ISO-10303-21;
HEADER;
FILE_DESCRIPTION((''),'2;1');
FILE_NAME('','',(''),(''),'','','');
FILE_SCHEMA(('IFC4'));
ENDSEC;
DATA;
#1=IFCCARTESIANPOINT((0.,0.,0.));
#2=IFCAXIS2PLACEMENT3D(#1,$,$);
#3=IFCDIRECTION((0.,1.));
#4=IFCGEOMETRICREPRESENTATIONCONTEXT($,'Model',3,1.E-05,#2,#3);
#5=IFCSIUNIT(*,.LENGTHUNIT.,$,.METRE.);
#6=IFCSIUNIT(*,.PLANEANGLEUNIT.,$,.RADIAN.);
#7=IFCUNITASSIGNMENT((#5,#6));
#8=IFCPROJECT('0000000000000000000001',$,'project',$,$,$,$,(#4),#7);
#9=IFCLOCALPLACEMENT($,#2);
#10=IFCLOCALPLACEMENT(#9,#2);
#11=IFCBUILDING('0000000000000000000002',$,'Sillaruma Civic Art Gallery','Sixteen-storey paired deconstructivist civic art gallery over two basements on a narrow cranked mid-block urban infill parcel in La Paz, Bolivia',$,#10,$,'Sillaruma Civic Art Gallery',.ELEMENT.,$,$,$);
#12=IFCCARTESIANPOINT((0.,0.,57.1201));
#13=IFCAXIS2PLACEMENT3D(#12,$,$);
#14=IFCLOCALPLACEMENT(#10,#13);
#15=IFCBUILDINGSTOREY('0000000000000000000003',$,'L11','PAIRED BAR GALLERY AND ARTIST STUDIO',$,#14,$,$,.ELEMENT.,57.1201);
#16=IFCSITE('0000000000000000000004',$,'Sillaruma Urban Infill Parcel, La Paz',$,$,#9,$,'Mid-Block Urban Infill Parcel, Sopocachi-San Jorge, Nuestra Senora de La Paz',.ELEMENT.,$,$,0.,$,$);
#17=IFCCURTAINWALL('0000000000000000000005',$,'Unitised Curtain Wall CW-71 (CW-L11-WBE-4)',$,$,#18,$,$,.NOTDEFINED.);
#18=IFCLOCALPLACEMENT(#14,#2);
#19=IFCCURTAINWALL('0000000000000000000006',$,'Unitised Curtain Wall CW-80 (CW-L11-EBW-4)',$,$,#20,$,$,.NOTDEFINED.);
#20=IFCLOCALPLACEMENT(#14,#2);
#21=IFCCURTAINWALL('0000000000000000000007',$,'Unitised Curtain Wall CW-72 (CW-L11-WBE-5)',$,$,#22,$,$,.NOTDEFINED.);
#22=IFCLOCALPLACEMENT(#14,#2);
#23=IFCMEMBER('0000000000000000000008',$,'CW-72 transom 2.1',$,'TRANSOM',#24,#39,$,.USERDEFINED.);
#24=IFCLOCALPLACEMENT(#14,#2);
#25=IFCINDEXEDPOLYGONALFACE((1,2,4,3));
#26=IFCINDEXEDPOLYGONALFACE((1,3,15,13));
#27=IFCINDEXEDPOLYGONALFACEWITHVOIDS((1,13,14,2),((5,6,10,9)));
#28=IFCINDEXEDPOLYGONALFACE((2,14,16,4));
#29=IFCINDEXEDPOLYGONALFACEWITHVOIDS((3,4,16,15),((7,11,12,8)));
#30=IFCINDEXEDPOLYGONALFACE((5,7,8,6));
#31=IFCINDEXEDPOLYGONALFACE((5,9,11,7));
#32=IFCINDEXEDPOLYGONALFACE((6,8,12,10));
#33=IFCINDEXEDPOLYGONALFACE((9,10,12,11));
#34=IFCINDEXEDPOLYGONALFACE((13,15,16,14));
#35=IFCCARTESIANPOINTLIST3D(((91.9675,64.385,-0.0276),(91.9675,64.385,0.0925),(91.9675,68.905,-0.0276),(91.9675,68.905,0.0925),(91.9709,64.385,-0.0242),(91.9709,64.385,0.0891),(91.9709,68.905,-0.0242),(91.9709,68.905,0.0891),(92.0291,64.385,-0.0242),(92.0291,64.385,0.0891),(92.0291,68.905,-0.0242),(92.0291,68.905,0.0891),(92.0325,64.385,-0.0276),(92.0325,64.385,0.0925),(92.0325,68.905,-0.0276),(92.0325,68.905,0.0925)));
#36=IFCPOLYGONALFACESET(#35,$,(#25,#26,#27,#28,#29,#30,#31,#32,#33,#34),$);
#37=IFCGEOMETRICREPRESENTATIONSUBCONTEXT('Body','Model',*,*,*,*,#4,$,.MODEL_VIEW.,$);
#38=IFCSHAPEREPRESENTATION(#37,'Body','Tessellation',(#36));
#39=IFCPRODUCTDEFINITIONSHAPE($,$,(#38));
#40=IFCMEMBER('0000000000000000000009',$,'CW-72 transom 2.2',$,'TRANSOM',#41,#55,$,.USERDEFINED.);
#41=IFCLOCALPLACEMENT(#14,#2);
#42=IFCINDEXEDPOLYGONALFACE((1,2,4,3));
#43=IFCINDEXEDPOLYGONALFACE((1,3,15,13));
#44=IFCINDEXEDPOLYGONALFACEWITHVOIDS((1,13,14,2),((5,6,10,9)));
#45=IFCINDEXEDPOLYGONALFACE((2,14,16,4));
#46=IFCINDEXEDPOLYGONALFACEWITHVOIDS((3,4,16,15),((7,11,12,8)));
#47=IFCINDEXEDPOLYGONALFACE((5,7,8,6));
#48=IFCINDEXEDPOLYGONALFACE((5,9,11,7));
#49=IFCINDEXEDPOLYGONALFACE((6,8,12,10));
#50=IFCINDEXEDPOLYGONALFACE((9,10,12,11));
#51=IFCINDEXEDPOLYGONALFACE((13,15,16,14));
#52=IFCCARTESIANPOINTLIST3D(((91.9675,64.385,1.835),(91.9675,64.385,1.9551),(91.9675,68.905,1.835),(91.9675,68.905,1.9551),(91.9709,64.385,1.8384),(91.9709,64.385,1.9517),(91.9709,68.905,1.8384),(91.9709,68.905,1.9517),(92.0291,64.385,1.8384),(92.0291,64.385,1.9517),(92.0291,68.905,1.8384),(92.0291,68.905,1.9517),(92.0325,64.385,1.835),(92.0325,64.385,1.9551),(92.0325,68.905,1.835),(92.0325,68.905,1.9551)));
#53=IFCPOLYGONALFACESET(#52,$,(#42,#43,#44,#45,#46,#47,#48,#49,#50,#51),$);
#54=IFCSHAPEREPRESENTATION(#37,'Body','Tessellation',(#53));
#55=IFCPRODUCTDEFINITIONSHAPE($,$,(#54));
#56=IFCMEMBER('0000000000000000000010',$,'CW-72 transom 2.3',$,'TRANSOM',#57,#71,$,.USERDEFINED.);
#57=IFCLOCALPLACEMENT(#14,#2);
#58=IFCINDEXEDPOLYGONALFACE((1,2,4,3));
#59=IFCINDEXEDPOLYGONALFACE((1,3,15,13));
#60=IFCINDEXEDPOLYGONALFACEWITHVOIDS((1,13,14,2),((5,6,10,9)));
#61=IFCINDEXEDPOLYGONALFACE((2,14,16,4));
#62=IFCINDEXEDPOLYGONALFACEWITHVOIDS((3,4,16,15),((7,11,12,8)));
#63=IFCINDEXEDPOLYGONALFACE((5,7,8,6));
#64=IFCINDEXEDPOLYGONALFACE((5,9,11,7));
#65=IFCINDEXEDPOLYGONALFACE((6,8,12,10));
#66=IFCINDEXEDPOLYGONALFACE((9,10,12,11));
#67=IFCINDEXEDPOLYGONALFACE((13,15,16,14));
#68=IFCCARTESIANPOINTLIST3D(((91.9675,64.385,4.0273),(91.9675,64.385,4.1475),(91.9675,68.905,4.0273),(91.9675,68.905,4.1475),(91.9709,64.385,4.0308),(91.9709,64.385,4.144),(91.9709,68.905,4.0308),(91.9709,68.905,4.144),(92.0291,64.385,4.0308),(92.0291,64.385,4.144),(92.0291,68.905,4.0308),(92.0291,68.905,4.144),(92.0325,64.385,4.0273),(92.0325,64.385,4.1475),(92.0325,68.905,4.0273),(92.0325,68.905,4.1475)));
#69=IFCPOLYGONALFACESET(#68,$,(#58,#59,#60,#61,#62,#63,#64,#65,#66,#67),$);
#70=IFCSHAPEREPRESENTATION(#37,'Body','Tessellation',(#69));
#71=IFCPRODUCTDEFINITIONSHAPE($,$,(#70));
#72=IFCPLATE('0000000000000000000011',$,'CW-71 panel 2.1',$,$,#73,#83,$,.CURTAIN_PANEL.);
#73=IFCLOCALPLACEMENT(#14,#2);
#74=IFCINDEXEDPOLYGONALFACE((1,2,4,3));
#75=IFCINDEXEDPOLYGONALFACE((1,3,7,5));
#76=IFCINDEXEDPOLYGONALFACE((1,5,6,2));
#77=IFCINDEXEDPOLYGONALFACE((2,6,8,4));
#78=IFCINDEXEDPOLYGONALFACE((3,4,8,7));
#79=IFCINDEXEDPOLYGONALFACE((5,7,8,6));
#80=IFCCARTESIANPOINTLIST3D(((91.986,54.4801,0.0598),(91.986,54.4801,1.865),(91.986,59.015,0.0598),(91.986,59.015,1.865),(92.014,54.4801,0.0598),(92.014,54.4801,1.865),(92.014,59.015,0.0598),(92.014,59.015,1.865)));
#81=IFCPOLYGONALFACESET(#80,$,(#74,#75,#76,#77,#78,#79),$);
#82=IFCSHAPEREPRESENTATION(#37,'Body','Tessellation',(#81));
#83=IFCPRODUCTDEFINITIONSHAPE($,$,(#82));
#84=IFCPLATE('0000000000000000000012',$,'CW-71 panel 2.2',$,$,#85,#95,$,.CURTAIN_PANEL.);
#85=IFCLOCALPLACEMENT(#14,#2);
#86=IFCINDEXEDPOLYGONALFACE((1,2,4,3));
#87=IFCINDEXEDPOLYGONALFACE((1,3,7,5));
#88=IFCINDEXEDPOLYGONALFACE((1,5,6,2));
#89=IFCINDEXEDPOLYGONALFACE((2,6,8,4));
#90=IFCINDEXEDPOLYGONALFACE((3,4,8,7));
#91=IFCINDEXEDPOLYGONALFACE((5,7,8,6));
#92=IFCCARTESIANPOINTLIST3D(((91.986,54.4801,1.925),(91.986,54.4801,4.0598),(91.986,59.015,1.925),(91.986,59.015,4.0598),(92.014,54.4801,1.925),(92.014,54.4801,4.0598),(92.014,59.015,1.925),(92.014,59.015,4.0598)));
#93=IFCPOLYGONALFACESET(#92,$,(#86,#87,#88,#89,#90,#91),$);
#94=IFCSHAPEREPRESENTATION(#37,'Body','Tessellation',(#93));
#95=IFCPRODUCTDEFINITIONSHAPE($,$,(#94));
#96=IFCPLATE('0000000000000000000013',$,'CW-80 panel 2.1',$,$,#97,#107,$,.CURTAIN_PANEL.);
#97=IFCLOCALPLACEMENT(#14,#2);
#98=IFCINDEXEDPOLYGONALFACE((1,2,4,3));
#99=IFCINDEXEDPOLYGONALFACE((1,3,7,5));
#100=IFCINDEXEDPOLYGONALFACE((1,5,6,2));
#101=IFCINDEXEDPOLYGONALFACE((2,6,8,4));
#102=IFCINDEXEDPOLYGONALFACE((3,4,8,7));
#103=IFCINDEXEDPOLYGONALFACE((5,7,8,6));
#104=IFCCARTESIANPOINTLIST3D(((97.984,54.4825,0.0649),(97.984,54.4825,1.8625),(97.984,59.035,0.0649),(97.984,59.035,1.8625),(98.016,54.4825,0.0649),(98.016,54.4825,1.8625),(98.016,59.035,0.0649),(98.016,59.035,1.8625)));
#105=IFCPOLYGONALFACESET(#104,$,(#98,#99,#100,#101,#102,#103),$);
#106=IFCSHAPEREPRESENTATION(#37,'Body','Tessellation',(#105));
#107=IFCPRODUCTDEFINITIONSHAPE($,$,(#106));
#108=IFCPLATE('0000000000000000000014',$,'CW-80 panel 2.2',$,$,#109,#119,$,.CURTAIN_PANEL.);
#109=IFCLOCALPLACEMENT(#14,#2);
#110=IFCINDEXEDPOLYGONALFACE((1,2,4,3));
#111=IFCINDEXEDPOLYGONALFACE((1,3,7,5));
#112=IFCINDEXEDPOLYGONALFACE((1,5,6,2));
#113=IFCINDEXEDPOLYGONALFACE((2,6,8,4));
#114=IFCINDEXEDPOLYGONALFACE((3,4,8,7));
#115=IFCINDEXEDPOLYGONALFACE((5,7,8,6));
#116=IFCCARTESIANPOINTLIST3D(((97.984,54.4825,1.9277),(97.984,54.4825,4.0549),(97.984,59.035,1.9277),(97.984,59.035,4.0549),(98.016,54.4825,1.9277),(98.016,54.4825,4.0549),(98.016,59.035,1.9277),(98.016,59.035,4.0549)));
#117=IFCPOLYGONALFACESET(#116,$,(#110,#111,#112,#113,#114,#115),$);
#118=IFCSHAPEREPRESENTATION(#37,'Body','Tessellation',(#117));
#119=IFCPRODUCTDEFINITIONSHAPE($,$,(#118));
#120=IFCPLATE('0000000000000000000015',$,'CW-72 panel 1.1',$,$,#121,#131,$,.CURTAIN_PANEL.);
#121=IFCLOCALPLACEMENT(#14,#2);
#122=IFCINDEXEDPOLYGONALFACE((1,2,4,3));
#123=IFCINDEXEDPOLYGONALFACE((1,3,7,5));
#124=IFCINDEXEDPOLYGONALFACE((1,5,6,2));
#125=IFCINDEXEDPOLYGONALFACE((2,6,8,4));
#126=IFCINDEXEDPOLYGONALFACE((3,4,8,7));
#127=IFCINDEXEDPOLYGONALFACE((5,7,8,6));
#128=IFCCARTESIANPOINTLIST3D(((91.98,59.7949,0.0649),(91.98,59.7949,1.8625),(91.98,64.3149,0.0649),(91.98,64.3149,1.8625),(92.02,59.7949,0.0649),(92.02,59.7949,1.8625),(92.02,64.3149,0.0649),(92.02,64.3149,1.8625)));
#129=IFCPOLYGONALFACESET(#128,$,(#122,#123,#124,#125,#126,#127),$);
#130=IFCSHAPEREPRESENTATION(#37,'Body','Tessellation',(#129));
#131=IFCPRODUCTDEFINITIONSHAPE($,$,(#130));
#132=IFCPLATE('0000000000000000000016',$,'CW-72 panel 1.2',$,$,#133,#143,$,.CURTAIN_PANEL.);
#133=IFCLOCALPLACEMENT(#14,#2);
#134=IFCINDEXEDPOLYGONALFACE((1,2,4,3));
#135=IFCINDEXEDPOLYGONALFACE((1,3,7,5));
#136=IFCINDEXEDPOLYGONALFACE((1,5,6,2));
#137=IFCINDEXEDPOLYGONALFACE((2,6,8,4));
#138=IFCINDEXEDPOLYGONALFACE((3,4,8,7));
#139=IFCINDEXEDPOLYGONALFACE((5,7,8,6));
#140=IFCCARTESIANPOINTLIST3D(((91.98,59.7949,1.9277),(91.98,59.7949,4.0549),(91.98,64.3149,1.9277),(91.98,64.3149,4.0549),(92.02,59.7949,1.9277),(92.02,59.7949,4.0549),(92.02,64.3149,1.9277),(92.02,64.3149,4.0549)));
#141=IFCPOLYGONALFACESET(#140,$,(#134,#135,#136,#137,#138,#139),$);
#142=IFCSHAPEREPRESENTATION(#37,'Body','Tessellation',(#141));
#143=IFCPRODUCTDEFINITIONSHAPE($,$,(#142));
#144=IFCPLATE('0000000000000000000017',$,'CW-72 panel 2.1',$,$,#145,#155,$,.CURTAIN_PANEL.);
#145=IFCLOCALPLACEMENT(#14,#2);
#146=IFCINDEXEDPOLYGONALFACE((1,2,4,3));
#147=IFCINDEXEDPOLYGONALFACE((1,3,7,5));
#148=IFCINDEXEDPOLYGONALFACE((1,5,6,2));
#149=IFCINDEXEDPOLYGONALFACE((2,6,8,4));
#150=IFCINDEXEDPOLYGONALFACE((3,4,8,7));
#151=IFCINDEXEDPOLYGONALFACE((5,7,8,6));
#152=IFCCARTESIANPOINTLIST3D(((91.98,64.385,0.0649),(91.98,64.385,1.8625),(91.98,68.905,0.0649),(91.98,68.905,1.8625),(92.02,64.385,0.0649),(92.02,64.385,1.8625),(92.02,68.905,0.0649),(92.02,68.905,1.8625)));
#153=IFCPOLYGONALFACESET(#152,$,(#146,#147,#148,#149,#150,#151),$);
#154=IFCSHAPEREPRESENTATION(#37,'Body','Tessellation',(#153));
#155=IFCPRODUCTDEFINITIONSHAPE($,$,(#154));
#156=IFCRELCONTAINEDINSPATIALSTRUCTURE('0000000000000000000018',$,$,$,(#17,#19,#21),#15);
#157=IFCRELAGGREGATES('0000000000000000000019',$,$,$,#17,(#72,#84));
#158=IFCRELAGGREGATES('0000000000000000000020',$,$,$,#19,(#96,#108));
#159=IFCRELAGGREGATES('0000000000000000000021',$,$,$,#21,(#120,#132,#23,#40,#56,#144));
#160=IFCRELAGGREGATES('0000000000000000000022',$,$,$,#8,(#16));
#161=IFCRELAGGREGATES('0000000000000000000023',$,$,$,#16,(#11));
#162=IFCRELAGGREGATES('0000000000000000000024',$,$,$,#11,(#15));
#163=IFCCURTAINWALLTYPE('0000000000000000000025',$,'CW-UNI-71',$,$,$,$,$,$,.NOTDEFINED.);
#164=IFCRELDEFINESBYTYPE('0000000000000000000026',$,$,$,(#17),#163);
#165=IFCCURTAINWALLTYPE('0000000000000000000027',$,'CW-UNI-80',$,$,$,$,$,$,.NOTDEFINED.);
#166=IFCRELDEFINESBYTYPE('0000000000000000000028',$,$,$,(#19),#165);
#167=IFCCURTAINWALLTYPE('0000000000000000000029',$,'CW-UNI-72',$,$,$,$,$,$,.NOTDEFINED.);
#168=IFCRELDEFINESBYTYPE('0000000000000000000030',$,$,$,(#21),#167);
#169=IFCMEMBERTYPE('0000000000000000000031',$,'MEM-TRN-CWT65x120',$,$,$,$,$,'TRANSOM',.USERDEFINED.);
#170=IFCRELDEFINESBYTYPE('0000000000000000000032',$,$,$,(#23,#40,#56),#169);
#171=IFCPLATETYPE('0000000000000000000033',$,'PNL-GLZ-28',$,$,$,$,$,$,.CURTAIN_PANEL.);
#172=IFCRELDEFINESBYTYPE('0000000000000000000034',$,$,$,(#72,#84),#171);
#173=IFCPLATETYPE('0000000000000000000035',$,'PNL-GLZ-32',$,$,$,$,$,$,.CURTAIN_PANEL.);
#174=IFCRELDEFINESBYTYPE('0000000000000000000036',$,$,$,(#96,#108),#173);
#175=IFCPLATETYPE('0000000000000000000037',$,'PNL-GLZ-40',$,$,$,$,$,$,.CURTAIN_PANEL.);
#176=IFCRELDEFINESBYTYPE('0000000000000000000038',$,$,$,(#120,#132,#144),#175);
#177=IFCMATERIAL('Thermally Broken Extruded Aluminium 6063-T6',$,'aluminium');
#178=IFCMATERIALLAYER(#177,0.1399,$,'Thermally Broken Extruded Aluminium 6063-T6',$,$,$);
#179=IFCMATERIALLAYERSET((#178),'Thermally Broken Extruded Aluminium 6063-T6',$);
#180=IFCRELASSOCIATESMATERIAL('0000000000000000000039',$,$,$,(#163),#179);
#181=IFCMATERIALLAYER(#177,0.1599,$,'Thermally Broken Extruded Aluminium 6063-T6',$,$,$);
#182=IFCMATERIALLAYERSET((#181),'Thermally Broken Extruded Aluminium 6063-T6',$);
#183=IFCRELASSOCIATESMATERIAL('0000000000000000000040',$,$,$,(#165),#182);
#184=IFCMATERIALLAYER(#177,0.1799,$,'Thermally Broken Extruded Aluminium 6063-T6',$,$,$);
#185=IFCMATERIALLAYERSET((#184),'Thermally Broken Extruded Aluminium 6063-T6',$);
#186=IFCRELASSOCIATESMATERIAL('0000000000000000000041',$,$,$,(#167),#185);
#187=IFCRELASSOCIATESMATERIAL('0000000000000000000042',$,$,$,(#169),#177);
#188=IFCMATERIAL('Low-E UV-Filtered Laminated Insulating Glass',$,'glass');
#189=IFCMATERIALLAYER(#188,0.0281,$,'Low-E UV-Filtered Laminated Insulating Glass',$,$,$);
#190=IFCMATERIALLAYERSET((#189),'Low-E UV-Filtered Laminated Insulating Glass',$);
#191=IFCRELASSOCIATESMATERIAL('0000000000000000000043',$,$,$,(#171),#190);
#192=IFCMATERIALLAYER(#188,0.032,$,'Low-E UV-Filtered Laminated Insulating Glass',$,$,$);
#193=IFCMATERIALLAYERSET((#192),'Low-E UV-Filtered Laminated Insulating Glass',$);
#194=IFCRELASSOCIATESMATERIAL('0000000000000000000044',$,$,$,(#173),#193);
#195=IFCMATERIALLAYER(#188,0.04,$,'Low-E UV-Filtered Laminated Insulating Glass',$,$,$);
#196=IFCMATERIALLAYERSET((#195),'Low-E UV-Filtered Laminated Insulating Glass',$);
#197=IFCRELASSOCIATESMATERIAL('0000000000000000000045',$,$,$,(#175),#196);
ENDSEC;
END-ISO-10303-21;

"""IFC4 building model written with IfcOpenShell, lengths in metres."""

from ifc_helpers import new_model, si_unit, direction, frame, origin, origin_2d, place, context, subcontext, project, spatial, rectangle, hollow_rectangle, extrude, material, layer, layer_set, material_profile, profile_set, type_object, element, aggregate, save


model = new_model("IFC4")

# Units and contexts
model_context = context("Model", 3, precision=1e-05, world=origin(), true_north=direction((0.0, 1.0)))
body_context = subcontext(model_context, "Body", "Model", "MODEL_VIEW")
ifc_project = project(units=[si_unit("LENGTHUNIT", "METRE"), si_unit("PLANEANGLEUNIT", "RADIAN")], contexts=[model_context])

# Site, building, storey
site_placement = place(None, origin())
site = spatial("IfcSite", under=ifc_project, at=site_placement, Name="Sillaruma Urban Infill Parcel, La Paz", LongName="Mid-Block Urban Infill Parcel, Sopocachi-San Jorge, Nuestra Senora de La Paz", CompositionType="ELEMENT", RefElevation=0.0)
building_placement = place(site_placement, origin())
building = spatial("IfcBuilding", under=site, at=building_placement, Name="Sillaruma Civic Art Gallery", Description="Sixteen-storey paired deconstructivist civic art gallery over two basements on a narrow cranked mid-block urban infill parcel in La Paz, Bolivia", LongName="Sillaruma Civic Art Gallery", CompositionType="ELEMENT")
storey_placement = place(building_placement, frame((0.0, 0.0, 57.1201)))
storey = spatial("IfcBuildingStorey", under=building, at=storey_placement, Name="L11", Description="PAIRED BAR GALLERY AND ARTIST STUDIO", CompositionType="ELEMENT", Elevation=57.1201)

# Curtain walls
ifc_material_1 = material(Name="Thermally Broken Extruded Aluminium 6063-T6", Category="aluminium")
ifc_layer_1 = layer(ifc_material_1, 0.1399, Name="Thermally Broken Extruded Aluminium 6063-T6")
ifc_layer_set_1 = layer_set([ifc_layer_1], Name="Thermally Broken Extruded Aluminium 6063-T6")
curtain_wall_type_1 = type_object("IfcCurtainWallType", Name="CW-UNI-71", PredefinedType="NOTDEFINED", material=ifc_layer_set_1)
curtain_wall_1_placement = place(storey_placement, origin())
curtain_wall_1 = element("IfcCurtainWall", 1, at=curtain_wall_1_placement, inside=storey, type_object=curtain_wall_type_1, Name="Unitised Curtain Wall CW-71 (CW-L11-WBE-4)", PredefinedType="NOTDEFINED")
ifc_layer_2 = layer(ifc_material_1, 0.1599, Name="Thermally Broken Extruded Aluminium 6063-T6")
ifc_layer_set_2 = layer_set([ifc_layer_2], Name="Thermally Broken Extruded Aluminium 6063-T6")
curtain_wall_type_2 = type_object("IfcCurtainWallType", Name="CW-UNI-80", PredefinedType="NOTDEFINED", material=ifc_layer_set_2)
curtain_wall_2_placement = place(storey_placement, origin())
curtain_wall_2 = element("IfcCurtainWall", 2, at=curtain_wall_2_placement, inside=storey, type_object=curtain_wall_type_2, Name="Unitised Curtain Wall CW-80 (CW-L11-EBW-4)", PredefinedType="NOTDEFINED")

# Curtain wall, members
ifc_layer_3 = layer(ifc_material_1, 0.1799, Name="Thermally Broken Extruded Aluminium 6063-T6")
ifc_layer_set_3 = layer_set([ifc_layer_3], Name="Thermally Broken Extruded Aluminium 6063-T6")
curtain_wall_type_3 = type_object("IfcCurtainWallType", Name="CW-UNI-72", PredefinedType="NOTDEFINED", material=ifc_layer_set_3)
curtain_wall_3_placement = place(storey_placement, origin())
curtain_wall_3 = element("IfcCurtainWall", 3, at=curtain_wall_3_placement, inside=storey, type_object=curtain_wall_type_3, Name="Unitised Curtain Wall CW-72 (CW-L11-WBE-5)", PredefinedType="NOTDEFINED")
ifc_material_profile_1 = material_profile(ifc_material_1, hollow_rectangle(XDim=0.0649, YDim=0.1201, WallThickness=0.0034, at=origin_2d()), Name="CWT65x120")
ifc_profile_set_1 = profile_set([ifc_material_profile_1], Name="Thermally Broken Extruded Aluminium 6063-T6")
member_type_1 = type_object("IfcMemberType", Name="MEM-TRN-CWT65x120", ElementType="TRANSOM", PredefinedType="USERDEFINED", material=ifc_profile_set_1)
member_1_placement = place(storey_placement, frame((92.0, 64.385, 0.0325), z_axis=(0.0, 1.0, 0.0), x_axis=(-1.0, 0.0, 0.0)))
member_1 = element("IfcMember", 4, at=member_1_placement, type_object=member_type_1, Name="CW-72 transom 2.1", ObjectType="TRANSOM", PredefinedType="USERDEFINED", context=body_context, shape_type="SweptSolid", body=[
    extrude(hollow_rectangle(XDim=0.0649, YDim=0.1201, WallThickness=0.0034, at=origin_2d()), origin(), (0.0, 0.0, 1.0), 4.52),
])
member_2_placement = place(storey_placement, frame((92.0, 64.385, 1.895), z_axis=(0.0, 1.0, 0.0), x_axis=(-1.0, 0.0, 0.0)))
member_2 = element("IfcMember", 5, at=member_2_placement, type_object=member_type_1, Name="CW-72 transom 2.2", ObjectType="TRANSOM", PredefinedType="USERDEFINED", context=body_context, shape_type="SweptSolid", body=[
    extrude(hollow_rectangle(XDim=0.0649, YDim=0.1201, WallThickness=0.0034, at=origin_2d()), origin(), (0.0, 0.0, 1.0), 4.52),
])
member_3_placement = place(storey_placement, frame((92.0, 64.385, 4.0874), z_axis=(0.0, 1.0, 0.0), x_axis=(-1.0, 0.0, 0.0)))
member_3 = element("IfcMember", 6, at=member_3_placement, type_object=member_type_1, Name="CW-72 transom 2.3", ObjectType="TRANSOM", PredefinedType="USERDEFINED", context=body_context, shape_type="SweptSolid", body=[
    extrude(hollow_rectangle(XDim=0.0649, YDim=0.1201, WallThickness=0.0034, at=origin_2d()), origin(), (0.0, 0.0, 1.0), 4.52),
])

# Plates
ifc_material_2 = material(Name="Low-E UV-Filtered Laminated Insulating Glass", Category="glass")
ifc_layer_4 = layer(ifc_material_2, 0.0281, Name="Low-E UV-Filtered Laminated Insulating Glass")
ifc_layer_set_4 = layer_set([ifc_layer_4], Name="Low-E UV-Filtered Laminated Insulating Glass")
plate_type_1 = type_object("IfcPlateType", Name="PNL-GLZ-28", PredefinedType="CURTAIN_PANEL", material=ifc_layer_set_4)
plate_1_placement = place(storey_placement, frame((92.0, 56.7476, 0.0598), z_axis=(0.0, 0.0, 1.0), x_axis=(0.0, 1.0, 0.0)))
plate_1 = element("IfcPlate", 7, at=plate_1_placement, type_object=plate_type_1, Name="CW-71 panel 2.1", PredefinedType="CURTAIN_PANEL", context=body_context, shape_type="SweptSolid", body=[
    extrude(rectangle(XDim=4.5349, YDim=0.0281, at=origin_2d()), origin(), (0.0, 0.0, 1.0), 1.8052),
])
plate_2_placement = place(storey_placement, frame((92.0, 56.7476, 1.925), z_axis=(0.0, 0.0, 1.0), x_axis=(0.0, 1.0, 0.0)))
plate_2 = element("IfcPlate", 8, at=plate_2_placement, type_object=plate_type_1, Name="CW-71 panel 2.2", PredefinedType="CURTAIN_PANEL", context=body_context, shape_type="SweptSolid", body=[
    extrude(rectangle(XDim=4.5349, YDim=0.0281, at=origin_2d()), origin(), (0.0, 0.0, 1.0), 2.1348),
])
aggregate(curtain_wall_1, [plate_1, plate_2])
ifc_layer_5 = layer(ifc_material_2, 0.032, Name="Low-E UV-Filtered Laminated Insulating Glass")
ifc_layer_set_5 = layer_set([ifc_layer_5], Name="Low-E UV-Filtered Laminated Insulating Glass")
plate_type_2 = type_object("IfcPlateType", Name="PNL-GLZ-32", PredefinedType="CURTAIN_PANEL", material=ifc_layer_set_5)
plate_3_placement = place(storey_placement, frame((98.0, 56.7588, 0.0649), z_axis=(0.0, 0.0, 1.0), x_axis=(0.0, 1.0, 0.0)))
plate_3 = element("IfcPlate", 9, at=plate_3_placement, type_object=plate_type_2, Name="CW-80 panel 2.1", PredefinedType="CURTAIN_PANEL", context=body_context, shape_type="SweptSolid", body=[
    extrude(rectangle(XDim=4.5525, YDim=0.032, at=origin_2d()), origin(), (0.0, 0.0, 1.0), 1.7976),
])
plate_4_placement = place(storey_placement, frame((98.0, 56.7588, 1.9277), z_axis=(0.0, 0.0, 1.0), x_axis=(0.0, 1.0, 0.0)))
plate_4 = element("IfcPlate", 10, at=plate_4_placement, type_object=plate_type_2, Name="CW-80 panel 2.2", PredefinedType="CURTAIN_PANEL", context=body_context, shape_type="SweptSolid", body=[
    extrude(rectangle(XDim=4.5525, YDim=0.032, at=origin_2d()), origin(), (0.0, 0.0, 1.0), 2.1272),
])
aggregate(curtain_wall_2, [plate_3, plate_4])
ifc_layer_6 = layer(ifc_material_2, 0.04, Name="Low-E UV-Filtered Laminated Insulating Glass")
ifc_layer_set_6 = layer_set([ifc_layer_6], Name="Low-E UV-Filtered Laminated Insulating Glass")
plate_type_3 = type_object("IfcPlateType", Name="PNL-GLZ-40", PredefinedType="CURTAIN_PANEL", material=ifc_layer_set_6)
plate_5_placement = place(storey_placement, frame((92.0, 62.0549, 0.0649), z_axis=(0.0, 0.0, 1.0), x_axis=(0.0, 1.0, 0.0)))
plate_5 = element("IfcPlate", 11, at=plate_5_placement, type_object=plate_type_3, Name="CW-72 panel 1.1", PredefinedType="CURTAIN_PANEL", context=body_context, shape_type="SweptSolid", body=[
    extrude(rectangle(XDim=4.52, YDim=0.04, at=origin_2d()), origin(), (0.0, 0.0, 1.0), 1.7976),
])
plate_6_placement = place(storey_placement, frame((92.0, 62.0549, 1.9277), z_axis=(0.0, 0.0, 1.0), x_axis=(0.0, 1.0, 0.0)))
plate_6 = element("IfcPlate", 12, at=plate_6_placement, type_object=plate_type_3, Name="CW-72 panel 1.2", PredefinedType="CURTAIN_PANEL", context=body_context, shape_type="SweptSolid", body=[
    extrude(rectangle(XDim=4.52, YDim=0.04, at=origin_2d()), origin(), (0.0, 0.0, 1.0), 2.1272),
])
plate_7_placement = place(storey_placement, frame((92.0, 66.645, 0.0649), z_axis=(0.0, 0.0, 1.0), x_axis=(0.0, 1.0, 0.0)))
plate_7 = element("IfcPlate", 13, at=plate_7_placement, type_object=plate_type_3, Name="CW-72 panel 2.1", PredefinedType="CURTAIN_PANEL", context=body_context, shape_type="SweptSolid", body=[
    extrude(rectangle(XDim=4.52, YDim=0.04, at=origin_2d()), origin(), (0.0, 0.0, 1.0), 1.7976),
])
aggregate(curtain_wall_3, [plate_5, plate_6, member_1, member_2, member_3, plate_7])

save(model, "model.ifc")
